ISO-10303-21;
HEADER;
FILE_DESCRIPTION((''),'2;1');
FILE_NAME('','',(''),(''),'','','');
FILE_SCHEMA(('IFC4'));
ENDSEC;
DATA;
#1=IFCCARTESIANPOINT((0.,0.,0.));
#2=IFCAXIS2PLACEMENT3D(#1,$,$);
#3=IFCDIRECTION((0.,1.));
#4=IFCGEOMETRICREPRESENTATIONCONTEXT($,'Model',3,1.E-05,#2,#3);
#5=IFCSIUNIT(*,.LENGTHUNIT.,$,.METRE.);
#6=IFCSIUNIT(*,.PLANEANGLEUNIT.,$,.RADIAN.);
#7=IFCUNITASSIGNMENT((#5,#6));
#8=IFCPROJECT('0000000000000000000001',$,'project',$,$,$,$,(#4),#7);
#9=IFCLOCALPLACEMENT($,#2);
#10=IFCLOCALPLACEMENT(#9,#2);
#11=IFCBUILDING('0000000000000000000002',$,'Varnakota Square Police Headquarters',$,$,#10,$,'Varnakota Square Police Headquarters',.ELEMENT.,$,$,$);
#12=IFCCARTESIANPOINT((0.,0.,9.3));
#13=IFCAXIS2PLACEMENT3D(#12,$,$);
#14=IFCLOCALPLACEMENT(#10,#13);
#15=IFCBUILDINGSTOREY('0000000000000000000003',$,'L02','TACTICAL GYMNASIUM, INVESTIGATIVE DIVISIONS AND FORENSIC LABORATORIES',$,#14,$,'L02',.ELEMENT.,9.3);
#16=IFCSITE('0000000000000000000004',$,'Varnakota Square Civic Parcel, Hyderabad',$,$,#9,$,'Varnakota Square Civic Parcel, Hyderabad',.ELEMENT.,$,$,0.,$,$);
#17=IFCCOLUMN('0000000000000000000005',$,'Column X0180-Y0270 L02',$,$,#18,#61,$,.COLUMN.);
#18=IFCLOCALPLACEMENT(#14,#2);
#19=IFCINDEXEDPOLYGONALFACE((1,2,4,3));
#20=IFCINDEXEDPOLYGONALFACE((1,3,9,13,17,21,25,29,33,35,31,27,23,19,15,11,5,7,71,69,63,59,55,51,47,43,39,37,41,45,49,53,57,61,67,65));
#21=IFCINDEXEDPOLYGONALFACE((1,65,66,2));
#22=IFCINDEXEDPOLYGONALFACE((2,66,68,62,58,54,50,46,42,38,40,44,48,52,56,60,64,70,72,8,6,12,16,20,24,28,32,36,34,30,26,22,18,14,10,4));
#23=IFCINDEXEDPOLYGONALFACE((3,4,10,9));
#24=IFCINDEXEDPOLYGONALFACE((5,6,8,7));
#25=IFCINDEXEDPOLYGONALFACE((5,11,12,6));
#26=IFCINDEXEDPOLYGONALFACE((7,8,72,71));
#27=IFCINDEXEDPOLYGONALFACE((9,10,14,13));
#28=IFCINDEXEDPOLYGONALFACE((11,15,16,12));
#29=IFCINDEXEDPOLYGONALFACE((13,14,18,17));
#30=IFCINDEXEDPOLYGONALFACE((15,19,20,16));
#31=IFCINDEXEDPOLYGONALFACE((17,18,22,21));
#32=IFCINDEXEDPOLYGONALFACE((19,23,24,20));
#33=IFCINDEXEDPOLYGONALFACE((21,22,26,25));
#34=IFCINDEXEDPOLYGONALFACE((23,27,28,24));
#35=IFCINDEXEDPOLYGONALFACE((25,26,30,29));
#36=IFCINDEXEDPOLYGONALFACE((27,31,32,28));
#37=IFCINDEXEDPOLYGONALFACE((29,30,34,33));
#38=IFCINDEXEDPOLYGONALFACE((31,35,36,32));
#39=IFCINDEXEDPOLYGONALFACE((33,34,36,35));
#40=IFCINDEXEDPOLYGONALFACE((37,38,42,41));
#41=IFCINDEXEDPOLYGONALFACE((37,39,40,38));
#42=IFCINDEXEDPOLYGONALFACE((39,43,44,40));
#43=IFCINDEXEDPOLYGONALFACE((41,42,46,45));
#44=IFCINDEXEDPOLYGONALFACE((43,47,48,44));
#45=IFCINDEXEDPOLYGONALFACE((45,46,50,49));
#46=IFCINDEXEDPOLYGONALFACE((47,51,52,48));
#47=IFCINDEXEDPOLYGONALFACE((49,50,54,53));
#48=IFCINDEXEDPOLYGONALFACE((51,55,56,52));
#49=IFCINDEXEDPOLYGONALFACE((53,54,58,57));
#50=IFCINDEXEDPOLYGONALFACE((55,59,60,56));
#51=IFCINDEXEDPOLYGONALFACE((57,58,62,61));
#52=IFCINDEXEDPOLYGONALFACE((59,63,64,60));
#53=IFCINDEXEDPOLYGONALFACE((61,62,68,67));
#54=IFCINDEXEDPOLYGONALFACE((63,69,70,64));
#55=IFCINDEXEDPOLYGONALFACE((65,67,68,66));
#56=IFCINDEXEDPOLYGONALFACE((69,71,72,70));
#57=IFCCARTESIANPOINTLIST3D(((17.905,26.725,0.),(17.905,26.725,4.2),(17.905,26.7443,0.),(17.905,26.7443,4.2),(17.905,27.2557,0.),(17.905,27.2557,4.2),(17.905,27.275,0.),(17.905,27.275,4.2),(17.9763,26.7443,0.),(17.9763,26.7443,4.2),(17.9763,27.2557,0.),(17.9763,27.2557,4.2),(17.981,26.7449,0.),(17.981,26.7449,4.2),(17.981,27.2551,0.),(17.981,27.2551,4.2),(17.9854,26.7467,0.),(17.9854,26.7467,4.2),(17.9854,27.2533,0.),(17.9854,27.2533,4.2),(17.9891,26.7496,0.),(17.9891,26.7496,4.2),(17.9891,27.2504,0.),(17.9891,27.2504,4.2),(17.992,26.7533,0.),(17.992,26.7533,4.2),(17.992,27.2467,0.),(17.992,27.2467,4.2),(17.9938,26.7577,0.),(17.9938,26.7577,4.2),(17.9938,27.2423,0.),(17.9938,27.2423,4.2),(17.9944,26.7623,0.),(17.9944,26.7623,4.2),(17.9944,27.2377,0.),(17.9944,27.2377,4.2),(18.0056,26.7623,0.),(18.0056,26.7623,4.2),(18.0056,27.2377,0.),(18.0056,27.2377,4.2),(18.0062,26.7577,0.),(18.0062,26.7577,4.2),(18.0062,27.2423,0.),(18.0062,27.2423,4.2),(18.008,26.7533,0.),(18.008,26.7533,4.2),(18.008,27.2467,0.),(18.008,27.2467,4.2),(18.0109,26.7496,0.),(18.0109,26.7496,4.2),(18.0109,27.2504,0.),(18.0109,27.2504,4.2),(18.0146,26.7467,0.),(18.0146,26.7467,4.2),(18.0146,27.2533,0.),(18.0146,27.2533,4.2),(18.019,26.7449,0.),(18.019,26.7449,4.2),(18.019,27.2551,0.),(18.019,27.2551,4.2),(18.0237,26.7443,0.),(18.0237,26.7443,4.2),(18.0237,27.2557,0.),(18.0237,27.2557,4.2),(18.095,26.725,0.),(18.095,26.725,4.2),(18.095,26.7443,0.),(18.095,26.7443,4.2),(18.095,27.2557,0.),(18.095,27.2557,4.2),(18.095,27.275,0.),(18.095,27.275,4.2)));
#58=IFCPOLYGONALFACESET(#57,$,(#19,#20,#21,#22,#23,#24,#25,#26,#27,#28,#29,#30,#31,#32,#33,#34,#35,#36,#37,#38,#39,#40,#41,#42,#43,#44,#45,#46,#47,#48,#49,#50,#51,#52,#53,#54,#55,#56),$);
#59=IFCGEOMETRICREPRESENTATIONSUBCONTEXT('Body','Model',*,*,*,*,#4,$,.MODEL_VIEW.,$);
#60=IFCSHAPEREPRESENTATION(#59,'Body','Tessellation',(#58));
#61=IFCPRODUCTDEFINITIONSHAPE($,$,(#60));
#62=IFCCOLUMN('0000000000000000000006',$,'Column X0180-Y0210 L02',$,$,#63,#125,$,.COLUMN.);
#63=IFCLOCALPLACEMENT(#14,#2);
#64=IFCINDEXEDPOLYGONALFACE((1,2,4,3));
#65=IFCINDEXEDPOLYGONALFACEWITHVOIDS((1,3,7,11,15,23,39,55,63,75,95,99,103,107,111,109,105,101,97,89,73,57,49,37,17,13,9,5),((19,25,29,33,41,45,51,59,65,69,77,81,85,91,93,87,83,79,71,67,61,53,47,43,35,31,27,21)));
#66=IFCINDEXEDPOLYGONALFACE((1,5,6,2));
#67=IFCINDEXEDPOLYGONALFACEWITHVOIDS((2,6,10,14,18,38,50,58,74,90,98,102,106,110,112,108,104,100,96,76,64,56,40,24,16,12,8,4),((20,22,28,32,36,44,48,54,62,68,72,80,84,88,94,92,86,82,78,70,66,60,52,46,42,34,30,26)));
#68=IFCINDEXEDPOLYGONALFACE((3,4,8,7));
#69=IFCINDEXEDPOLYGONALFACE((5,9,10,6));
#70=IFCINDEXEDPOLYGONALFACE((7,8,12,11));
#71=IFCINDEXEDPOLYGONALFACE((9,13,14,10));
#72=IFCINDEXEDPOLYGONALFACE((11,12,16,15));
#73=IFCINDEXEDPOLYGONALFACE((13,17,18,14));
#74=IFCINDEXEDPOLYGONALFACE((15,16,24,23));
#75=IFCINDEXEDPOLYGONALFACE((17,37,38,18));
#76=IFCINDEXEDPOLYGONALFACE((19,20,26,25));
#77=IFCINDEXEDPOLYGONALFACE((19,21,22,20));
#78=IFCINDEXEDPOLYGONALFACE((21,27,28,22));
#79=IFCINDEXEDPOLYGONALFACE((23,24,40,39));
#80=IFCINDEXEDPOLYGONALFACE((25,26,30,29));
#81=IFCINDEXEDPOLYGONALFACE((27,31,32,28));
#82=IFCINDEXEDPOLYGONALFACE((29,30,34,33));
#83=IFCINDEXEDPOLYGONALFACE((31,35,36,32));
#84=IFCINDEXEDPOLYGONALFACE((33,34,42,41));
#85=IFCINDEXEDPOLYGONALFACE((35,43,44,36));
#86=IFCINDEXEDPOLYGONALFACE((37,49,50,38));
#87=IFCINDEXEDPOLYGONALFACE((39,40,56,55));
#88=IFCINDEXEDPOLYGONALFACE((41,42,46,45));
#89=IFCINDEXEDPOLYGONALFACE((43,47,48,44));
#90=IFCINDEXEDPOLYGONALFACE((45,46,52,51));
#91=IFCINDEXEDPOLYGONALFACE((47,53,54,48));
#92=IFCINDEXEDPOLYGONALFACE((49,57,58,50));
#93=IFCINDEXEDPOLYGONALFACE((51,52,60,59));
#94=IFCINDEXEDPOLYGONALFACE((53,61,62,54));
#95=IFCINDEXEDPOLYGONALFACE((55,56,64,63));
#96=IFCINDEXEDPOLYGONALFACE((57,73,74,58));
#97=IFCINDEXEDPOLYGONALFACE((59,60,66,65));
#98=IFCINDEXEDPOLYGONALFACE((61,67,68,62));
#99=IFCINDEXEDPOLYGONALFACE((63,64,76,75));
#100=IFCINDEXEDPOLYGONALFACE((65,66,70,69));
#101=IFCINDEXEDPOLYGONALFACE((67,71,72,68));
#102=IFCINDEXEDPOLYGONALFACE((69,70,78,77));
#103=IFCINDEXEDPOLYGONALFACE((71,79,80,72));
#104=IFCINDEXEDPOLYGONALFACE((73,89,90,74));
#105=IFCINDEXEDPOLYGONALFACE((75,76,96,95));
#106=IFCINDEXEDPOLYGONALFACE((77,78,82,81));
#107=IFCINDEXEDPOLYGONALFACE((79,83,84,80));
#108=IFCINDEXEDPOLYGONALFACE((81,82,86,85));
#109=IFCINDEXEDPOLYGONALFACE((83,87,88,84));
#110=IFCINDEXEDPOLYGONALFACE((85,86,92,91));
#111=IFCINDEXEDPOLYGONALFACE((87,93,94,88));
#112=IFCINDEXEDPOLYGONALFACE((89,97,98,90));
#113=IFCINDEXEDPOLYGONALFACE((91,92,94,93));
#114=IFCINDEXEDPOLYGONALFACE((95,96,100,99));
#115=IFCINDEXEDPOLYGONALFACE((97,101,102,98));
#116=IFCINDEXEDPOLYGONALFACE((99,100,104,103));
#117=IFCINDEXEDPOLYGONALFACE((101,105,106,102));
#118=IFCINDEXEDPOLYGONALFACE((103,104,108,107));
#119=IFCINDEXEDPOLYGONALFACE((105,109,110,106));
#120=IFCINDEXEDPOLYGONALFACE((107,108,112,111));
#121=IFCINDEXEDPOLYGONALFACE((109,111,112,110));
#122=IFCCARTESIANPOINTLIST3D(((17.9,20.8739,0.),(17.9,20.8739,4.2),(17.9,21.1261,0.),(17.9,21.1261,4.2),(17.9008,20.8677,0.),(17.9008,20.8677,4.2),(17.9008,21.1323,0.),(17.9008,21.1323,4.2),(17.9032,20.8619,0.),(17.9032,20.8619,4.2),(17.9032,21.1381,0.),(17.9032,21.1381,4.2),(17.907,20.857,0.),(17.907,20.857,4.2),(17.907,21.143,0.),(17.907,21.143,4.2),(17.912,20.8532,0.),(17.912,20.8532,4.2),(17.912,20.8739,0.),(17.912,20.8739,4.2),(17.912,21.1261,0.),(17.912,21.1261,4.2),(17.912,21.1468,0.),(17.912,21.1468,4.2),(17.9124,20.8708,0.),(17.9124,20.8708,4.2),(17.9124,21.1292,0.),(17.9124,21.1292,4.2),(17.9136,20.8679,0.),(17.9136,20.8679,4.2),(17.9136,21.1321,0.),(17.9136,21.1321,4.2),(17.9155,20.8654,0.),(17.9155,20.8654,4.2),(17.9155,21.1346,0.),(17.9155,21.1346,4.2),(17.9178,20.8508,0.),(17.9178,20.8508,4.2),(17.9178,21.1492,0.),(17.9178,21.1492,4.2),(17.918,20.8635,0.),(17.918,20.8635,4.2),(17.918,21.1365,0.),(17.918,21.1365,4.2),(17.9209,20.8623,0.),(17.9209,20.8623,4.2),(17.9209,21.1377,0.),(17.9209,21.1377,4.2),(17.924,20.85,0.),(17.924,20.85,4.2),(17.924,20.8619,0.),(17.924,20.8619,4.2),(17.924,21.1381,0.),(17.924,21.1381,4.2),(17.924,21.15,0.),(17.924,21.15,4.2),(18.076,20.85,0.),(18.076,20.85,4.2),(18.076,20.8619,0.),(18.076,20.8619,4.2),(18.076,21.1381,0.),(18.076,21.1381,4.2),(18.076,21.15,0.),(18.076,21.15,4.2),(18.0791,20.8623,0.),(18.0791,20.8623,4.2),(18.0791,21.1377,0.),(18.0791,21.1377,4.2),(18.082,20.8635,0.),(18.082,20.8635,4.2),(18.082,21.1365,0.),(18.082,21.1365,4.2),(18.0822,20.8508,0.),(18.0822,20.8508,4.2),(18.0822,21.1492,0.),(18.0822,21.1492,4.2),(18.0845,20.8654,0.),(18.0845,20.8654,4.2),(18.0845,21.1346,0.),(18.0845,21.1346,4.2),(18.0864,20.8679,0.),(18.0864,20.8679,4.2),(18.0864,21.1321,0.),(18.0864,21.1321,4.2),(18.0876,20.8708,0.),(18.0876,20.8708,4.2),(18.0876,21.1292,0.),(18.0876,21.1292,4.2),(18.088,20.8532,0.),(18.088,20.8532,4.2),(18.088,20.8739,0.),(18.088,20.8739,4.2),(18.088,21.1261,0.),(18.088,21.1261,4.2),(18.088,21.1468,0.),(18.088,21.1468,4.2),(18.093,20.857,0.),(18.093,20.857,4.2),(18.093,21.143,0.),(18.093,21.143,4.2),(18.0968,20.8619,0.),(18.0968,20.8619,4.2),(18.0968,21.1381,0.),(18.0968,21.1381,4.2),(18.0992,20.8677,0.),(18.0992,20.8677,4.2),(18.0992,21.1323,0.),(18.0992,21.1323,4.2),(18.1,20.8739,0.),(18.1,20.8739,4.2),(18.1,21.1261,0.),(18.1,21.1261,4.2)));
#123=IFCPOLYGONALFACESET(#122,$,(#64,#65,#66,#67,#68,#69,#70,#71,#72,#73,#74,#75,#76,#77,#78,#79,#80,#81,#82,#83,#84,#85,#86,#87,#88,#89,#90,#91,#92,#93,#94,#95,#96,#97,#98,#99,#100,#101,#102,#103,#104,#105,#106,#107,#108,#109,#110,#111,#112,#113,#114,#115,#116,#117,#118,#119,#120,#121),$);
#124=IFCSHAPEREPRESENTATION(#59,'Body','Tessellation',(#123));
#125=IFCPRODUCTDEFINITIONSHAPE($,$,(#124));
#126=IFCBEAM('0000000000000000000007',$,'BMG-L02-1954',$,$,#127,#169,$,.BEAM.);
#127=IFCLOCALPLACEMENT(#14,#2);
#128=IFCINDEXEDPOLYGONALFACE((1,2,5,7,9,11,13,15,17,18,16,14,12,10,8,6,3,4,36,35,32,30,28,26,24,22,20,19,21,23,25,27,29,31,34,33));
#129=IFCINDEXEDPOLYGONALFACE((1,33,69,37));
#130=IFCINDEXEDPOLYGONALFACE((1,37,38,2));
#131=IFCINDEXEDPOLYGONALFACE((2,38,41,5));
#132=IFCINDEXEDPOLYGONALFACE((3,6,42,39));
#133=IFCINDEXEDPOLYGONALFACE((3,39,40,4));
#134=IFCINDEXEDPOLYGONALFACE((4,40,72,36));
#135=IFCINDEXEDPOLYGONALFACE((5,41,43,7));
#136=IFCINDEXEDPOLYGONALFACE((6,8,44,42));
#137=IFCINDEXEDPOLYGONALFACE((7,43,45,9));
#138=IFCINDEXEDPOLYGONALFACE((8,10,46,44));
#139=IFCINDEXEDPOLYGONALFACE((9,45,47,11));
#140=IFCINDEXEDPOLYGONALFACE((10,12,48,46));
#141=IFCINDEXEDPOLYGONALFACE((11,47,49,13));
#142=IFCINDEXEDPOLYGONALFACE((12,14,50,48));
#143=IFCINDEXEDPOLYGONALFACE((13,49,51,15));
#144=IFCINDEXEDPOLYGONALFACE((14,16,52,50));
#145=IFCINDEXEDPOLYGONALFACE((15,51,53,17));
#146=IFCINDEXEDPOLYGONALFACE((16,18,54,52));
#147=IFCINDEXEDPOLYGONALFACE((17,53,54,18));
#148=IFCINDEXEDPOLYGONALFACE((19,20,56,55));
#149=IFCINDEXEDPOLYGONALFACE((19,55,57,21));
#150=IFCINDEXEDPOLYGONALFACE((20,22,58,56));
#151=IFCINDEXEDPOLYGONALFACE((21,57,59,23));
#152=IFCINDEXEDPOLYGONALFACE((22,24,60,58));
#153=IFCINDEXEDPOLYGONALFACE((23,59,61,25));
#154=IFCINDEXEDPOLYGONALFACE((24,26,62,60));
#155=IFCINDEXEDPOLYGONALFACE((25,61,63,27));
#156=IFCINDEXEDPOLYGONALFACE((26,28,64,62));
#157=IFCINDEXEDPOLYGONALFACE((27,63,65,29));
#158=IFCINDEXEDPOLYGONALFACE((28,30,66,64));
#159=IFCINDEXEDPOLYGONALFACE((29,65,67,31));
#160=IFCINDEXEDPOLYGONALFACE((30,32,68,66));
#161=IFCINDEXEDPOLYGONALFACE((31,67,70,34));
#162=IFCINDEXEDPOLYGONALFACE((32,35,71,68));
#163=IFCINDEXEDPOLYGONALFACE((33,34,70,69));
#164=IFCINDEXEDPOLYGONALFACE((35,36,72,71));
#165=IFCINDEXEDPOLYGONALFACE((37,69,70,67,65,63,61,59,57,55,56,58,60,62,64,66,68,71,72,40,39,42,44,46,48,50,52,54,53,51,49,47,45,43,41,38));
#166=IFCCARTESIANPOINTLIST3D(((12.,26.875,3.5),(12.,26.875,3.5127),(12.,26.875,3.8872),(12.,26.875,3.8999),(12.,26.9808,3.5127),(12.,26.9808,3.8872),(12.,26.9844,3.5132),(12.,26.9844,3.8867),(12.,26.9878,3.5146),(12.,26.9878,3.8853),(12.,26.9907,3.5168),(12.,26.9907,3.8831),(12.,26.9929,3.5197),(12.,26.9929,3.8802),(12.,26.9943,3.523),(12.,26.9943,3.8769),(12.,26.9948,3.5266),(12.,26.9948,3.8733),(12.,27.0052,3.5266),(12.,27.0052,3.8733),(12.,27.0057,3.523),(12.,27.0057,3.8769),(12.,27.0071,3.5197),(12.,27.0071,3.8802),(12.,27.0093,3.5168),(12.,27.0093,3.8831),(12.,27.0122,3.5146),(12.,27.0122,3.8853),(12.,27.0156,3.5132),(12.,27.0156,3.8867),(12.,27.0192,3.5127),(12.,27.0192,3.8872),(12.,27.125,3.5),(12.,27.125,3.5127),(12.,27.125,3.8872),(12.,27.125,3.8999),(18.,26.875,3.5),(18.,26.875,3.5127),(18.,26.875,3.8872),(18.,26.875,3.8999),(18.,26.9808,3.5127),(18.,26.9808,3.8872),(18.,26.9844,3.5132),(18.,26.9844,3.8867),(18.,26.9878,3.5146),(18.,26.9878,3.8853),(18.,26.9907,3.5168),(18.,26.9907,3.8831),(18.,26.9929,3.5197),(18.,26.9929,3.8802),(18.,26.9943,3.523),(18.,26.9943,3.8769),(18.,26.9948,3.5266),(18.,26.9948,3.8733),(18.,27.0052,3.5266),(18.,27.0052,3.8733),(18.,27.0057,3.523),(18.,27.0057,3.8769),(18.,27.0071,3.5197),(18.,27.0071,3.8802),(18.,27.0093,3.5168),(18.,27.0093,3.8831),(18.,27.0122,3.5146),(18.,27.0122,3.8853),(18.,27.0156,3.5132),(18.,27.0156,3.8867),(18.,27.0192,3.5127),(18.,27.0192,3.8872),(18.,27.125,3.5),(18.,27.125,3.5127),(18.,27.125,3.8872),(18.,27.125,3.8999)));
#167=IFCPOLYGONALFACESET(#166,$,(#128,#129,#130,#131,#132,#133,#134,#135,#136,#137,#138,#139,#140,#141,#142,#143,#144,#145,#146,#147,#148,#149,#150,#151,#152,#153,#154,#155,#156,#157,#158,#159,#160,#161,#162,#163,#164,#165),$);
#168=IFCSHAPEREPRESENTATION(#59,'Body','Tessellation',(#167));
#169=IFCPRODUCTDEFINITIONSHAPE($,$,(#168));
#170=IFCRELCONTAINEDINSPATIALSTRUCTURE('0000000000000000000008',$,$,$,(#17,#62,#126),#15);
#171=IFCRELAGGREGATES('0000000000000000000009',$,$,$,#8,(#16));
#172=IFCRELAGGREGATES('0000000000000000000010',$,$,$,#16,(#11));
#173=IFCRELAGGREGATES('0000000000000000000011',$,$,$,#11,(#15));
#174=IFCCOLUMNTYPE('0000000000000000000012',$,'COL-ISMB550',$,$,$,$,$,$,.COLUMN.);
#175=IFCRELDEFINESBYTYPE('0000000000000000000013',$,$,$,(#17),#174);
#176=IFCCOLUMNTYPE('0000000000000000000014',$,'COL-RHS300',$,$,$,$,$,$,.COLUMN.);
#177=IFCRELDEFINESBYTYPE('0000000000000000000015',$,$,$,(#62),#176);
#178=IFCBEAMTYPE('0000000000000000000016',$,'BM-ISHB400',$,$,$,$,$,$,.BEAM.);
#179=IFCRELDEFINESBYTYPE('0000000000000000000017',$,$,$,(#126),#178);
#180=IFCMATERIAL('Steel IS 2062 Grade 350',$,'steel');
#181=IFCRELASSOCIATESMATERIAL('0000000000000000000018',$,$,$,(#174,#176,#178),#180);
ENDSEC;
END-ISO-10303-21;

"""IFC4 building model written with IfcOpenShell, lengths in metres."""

from ifc_helpers import new_model, si_unit, direction, frame, origin, origin_2d, place, context, subcontext, project, spatial, hollow_rectangle, i_section, extrude, material, material_profile, profile_set, type_object, element, save


model = new_model("IFC4")

# Units and contexts
model_context = context("Model", 3, precision=1e-05, world=origin(), true_north=direction((0.0, 1.0)))
body_context = subcontext(model_context, "Body", "Model", "MODEL_VIEW")
ifc_project = project(units=[si_unit("LENGTHUNIT", "METRE"), si_unit("PLANEANGLEUNIT", "RADIAN")], contexts=[model_context])

# Site, building, storey
site_placement = place(None, origin())
site = spatial("IfcSite", under=ifc_project, at=site_placement, Name="Varnakota Square Civic Parcel, Hyderabad", LongName="Varnakota Square Civic Parcel, Hyderabad", CompositionType="ELEMENT", RefElevation=0.0)
building_placement = place(site_placement, origin())
building = spatial("IfcBuilding", under=site, at=building_placement, Name="Varnakota Square Police Headquarters", LongName="Varnakota Square Police Headquarters", CompositionType="ELEMENT")
storey_placement = place(building_placement, frame((0.0, 0.0, 9.3)))
storey = spatial("IfcBuildingStorey", under=building, at=storey_placement, Name="L02", Description="TACTICAL GYMNASIUM, INVESTIGATIVE DIVISIONS AND FORENSIC LABORATORIES", LongName="L02", CompositionType="ELEMENT", Elevation=9.3)

# Columns
ifc_material_1 = material(Name="Steel IS 2062 Grade 350", Category="steel")
ifc_material_profile_1 = material_profile(ifc_material_1, i_section(OverallWidth=0.1899, OverallDepth=0.55, WebThickness=0.0112, FlangeThickness=0.0193, FilletRadius=0.0181, at=origin_2d()), Name="ISMB 550")
ifc_profile_set_1 = profile_set([ifc_material_profile_1], Name="Steel IS 2062 Grade 350")
column_type_1 = type_object("IfcColumnType", Name="COL-ISMB550", PredefinedType="COLUMN", material=ifc_profile_set_1)
column_1_placement = place(storey_placement, frame((18.0, 27.0, 0.0), z_axis=(0.0, 0.0, 1.0), x_axis=(1.0, 0.0, 0.0)))
element("IfcColumn", 1, at=column_1_placement, inside=storey, type_object=column_type_1, Name="Column X0180-Y0270 L02", PredefinedType="COLUMN", context=body_context, shape_type="SweptSolid", body=[
    extrude(i_section(OverallWidth=0.1899, OverallDepth=0.55, WebThickness=0.0112, FlangeThickness=0.0193, FilletRadius=0.0181, at=origin_2d()), origin(), (0.0, 0.0, 1.0), 4.2),
])
ifc_material_profile_2 = material_profile(ifc_material_1, hollow_rectangle(XDim=0.2, YDim=0.3, WallThickness=0.012, InnerFilletRadius=0.012, OuterFilletRadius=0.0239, at=origin_2d()), Name="RHS 300x200x12")
ifc_profile_set_2 = profile_set([ifc_material_profile_2], Name="Steel IS 2062 Grade 350")
column_type_2 = type_object("IfcColumnType", Name="COL-RHS300", PredefinedType="COLUMN", material=ifc_profile_set_2)
column_2_placement = place(storey_placement, frame((18.0, 21.0, 0.0), z_axis=(0.0, 0.0, 1.0), x_axis=(1.0, 0.0, 0.0)))
element("IfcColumn", 2, at=column_2_placement, inside=storey, type_object=column_type_2, Name="Column X0180-Y0210 L02", PredefinedType="COLUMN", context=body_context, shape_type="SweptSolid", body=[
    extrude(hollow_rectangle(XDim=0.2, YDim=0.3, WallThickness=0.012, InnerFilletRadius=0.012, OuterFilletRadius=0.0239, at=origin_2d()), origin(), (0.0, 0.0, 1.0), 4.2),
])

# Beam
ifc_material_profile_3 = material_profile(ifc_material_1, i_section(OverallWidth=0.25, OverallDepth=0.3999, WebThickness=0.0105, FlangeThickness=0.0127, FilletRadius=0.0139, at=origin_2d()), Name="ISHB 400")
ifc_profile_set_3 = profile_set([ifc_material_profile_3], Name="Steel IS 2062 Grade 350")
beam_type_1 = type_object("IfcBeamType", Name="BM-ISHB400", PredefinedType="BEAM", material=ifc_profile_set_3)
beam_1_placement = place(storey_placement, frame((12.0, 27.0, 3.7), z_axis=(1.0, 0.0, 0.0), x_axis=(0.0, 1.0, 0.0)))
element("IfcBeam", 3, at=beam_1_placement, inside=storey, type_object=beam_type_1, Name="BMG-L02-1954", PredefinedType="BEAM", context=body_context, shape_type="SweptSolid", body=[
    extrude(i_section(OverallWidth=0.25, OverallDepth=0.3999, WebThickness=0.0105, FlangeThickness=0.0127, FilletRadius=0.0139, at=origin_2d()), origin(), (0.0, 0.0, 1.0), 6.0),
])

save(model, "model.ifc")
